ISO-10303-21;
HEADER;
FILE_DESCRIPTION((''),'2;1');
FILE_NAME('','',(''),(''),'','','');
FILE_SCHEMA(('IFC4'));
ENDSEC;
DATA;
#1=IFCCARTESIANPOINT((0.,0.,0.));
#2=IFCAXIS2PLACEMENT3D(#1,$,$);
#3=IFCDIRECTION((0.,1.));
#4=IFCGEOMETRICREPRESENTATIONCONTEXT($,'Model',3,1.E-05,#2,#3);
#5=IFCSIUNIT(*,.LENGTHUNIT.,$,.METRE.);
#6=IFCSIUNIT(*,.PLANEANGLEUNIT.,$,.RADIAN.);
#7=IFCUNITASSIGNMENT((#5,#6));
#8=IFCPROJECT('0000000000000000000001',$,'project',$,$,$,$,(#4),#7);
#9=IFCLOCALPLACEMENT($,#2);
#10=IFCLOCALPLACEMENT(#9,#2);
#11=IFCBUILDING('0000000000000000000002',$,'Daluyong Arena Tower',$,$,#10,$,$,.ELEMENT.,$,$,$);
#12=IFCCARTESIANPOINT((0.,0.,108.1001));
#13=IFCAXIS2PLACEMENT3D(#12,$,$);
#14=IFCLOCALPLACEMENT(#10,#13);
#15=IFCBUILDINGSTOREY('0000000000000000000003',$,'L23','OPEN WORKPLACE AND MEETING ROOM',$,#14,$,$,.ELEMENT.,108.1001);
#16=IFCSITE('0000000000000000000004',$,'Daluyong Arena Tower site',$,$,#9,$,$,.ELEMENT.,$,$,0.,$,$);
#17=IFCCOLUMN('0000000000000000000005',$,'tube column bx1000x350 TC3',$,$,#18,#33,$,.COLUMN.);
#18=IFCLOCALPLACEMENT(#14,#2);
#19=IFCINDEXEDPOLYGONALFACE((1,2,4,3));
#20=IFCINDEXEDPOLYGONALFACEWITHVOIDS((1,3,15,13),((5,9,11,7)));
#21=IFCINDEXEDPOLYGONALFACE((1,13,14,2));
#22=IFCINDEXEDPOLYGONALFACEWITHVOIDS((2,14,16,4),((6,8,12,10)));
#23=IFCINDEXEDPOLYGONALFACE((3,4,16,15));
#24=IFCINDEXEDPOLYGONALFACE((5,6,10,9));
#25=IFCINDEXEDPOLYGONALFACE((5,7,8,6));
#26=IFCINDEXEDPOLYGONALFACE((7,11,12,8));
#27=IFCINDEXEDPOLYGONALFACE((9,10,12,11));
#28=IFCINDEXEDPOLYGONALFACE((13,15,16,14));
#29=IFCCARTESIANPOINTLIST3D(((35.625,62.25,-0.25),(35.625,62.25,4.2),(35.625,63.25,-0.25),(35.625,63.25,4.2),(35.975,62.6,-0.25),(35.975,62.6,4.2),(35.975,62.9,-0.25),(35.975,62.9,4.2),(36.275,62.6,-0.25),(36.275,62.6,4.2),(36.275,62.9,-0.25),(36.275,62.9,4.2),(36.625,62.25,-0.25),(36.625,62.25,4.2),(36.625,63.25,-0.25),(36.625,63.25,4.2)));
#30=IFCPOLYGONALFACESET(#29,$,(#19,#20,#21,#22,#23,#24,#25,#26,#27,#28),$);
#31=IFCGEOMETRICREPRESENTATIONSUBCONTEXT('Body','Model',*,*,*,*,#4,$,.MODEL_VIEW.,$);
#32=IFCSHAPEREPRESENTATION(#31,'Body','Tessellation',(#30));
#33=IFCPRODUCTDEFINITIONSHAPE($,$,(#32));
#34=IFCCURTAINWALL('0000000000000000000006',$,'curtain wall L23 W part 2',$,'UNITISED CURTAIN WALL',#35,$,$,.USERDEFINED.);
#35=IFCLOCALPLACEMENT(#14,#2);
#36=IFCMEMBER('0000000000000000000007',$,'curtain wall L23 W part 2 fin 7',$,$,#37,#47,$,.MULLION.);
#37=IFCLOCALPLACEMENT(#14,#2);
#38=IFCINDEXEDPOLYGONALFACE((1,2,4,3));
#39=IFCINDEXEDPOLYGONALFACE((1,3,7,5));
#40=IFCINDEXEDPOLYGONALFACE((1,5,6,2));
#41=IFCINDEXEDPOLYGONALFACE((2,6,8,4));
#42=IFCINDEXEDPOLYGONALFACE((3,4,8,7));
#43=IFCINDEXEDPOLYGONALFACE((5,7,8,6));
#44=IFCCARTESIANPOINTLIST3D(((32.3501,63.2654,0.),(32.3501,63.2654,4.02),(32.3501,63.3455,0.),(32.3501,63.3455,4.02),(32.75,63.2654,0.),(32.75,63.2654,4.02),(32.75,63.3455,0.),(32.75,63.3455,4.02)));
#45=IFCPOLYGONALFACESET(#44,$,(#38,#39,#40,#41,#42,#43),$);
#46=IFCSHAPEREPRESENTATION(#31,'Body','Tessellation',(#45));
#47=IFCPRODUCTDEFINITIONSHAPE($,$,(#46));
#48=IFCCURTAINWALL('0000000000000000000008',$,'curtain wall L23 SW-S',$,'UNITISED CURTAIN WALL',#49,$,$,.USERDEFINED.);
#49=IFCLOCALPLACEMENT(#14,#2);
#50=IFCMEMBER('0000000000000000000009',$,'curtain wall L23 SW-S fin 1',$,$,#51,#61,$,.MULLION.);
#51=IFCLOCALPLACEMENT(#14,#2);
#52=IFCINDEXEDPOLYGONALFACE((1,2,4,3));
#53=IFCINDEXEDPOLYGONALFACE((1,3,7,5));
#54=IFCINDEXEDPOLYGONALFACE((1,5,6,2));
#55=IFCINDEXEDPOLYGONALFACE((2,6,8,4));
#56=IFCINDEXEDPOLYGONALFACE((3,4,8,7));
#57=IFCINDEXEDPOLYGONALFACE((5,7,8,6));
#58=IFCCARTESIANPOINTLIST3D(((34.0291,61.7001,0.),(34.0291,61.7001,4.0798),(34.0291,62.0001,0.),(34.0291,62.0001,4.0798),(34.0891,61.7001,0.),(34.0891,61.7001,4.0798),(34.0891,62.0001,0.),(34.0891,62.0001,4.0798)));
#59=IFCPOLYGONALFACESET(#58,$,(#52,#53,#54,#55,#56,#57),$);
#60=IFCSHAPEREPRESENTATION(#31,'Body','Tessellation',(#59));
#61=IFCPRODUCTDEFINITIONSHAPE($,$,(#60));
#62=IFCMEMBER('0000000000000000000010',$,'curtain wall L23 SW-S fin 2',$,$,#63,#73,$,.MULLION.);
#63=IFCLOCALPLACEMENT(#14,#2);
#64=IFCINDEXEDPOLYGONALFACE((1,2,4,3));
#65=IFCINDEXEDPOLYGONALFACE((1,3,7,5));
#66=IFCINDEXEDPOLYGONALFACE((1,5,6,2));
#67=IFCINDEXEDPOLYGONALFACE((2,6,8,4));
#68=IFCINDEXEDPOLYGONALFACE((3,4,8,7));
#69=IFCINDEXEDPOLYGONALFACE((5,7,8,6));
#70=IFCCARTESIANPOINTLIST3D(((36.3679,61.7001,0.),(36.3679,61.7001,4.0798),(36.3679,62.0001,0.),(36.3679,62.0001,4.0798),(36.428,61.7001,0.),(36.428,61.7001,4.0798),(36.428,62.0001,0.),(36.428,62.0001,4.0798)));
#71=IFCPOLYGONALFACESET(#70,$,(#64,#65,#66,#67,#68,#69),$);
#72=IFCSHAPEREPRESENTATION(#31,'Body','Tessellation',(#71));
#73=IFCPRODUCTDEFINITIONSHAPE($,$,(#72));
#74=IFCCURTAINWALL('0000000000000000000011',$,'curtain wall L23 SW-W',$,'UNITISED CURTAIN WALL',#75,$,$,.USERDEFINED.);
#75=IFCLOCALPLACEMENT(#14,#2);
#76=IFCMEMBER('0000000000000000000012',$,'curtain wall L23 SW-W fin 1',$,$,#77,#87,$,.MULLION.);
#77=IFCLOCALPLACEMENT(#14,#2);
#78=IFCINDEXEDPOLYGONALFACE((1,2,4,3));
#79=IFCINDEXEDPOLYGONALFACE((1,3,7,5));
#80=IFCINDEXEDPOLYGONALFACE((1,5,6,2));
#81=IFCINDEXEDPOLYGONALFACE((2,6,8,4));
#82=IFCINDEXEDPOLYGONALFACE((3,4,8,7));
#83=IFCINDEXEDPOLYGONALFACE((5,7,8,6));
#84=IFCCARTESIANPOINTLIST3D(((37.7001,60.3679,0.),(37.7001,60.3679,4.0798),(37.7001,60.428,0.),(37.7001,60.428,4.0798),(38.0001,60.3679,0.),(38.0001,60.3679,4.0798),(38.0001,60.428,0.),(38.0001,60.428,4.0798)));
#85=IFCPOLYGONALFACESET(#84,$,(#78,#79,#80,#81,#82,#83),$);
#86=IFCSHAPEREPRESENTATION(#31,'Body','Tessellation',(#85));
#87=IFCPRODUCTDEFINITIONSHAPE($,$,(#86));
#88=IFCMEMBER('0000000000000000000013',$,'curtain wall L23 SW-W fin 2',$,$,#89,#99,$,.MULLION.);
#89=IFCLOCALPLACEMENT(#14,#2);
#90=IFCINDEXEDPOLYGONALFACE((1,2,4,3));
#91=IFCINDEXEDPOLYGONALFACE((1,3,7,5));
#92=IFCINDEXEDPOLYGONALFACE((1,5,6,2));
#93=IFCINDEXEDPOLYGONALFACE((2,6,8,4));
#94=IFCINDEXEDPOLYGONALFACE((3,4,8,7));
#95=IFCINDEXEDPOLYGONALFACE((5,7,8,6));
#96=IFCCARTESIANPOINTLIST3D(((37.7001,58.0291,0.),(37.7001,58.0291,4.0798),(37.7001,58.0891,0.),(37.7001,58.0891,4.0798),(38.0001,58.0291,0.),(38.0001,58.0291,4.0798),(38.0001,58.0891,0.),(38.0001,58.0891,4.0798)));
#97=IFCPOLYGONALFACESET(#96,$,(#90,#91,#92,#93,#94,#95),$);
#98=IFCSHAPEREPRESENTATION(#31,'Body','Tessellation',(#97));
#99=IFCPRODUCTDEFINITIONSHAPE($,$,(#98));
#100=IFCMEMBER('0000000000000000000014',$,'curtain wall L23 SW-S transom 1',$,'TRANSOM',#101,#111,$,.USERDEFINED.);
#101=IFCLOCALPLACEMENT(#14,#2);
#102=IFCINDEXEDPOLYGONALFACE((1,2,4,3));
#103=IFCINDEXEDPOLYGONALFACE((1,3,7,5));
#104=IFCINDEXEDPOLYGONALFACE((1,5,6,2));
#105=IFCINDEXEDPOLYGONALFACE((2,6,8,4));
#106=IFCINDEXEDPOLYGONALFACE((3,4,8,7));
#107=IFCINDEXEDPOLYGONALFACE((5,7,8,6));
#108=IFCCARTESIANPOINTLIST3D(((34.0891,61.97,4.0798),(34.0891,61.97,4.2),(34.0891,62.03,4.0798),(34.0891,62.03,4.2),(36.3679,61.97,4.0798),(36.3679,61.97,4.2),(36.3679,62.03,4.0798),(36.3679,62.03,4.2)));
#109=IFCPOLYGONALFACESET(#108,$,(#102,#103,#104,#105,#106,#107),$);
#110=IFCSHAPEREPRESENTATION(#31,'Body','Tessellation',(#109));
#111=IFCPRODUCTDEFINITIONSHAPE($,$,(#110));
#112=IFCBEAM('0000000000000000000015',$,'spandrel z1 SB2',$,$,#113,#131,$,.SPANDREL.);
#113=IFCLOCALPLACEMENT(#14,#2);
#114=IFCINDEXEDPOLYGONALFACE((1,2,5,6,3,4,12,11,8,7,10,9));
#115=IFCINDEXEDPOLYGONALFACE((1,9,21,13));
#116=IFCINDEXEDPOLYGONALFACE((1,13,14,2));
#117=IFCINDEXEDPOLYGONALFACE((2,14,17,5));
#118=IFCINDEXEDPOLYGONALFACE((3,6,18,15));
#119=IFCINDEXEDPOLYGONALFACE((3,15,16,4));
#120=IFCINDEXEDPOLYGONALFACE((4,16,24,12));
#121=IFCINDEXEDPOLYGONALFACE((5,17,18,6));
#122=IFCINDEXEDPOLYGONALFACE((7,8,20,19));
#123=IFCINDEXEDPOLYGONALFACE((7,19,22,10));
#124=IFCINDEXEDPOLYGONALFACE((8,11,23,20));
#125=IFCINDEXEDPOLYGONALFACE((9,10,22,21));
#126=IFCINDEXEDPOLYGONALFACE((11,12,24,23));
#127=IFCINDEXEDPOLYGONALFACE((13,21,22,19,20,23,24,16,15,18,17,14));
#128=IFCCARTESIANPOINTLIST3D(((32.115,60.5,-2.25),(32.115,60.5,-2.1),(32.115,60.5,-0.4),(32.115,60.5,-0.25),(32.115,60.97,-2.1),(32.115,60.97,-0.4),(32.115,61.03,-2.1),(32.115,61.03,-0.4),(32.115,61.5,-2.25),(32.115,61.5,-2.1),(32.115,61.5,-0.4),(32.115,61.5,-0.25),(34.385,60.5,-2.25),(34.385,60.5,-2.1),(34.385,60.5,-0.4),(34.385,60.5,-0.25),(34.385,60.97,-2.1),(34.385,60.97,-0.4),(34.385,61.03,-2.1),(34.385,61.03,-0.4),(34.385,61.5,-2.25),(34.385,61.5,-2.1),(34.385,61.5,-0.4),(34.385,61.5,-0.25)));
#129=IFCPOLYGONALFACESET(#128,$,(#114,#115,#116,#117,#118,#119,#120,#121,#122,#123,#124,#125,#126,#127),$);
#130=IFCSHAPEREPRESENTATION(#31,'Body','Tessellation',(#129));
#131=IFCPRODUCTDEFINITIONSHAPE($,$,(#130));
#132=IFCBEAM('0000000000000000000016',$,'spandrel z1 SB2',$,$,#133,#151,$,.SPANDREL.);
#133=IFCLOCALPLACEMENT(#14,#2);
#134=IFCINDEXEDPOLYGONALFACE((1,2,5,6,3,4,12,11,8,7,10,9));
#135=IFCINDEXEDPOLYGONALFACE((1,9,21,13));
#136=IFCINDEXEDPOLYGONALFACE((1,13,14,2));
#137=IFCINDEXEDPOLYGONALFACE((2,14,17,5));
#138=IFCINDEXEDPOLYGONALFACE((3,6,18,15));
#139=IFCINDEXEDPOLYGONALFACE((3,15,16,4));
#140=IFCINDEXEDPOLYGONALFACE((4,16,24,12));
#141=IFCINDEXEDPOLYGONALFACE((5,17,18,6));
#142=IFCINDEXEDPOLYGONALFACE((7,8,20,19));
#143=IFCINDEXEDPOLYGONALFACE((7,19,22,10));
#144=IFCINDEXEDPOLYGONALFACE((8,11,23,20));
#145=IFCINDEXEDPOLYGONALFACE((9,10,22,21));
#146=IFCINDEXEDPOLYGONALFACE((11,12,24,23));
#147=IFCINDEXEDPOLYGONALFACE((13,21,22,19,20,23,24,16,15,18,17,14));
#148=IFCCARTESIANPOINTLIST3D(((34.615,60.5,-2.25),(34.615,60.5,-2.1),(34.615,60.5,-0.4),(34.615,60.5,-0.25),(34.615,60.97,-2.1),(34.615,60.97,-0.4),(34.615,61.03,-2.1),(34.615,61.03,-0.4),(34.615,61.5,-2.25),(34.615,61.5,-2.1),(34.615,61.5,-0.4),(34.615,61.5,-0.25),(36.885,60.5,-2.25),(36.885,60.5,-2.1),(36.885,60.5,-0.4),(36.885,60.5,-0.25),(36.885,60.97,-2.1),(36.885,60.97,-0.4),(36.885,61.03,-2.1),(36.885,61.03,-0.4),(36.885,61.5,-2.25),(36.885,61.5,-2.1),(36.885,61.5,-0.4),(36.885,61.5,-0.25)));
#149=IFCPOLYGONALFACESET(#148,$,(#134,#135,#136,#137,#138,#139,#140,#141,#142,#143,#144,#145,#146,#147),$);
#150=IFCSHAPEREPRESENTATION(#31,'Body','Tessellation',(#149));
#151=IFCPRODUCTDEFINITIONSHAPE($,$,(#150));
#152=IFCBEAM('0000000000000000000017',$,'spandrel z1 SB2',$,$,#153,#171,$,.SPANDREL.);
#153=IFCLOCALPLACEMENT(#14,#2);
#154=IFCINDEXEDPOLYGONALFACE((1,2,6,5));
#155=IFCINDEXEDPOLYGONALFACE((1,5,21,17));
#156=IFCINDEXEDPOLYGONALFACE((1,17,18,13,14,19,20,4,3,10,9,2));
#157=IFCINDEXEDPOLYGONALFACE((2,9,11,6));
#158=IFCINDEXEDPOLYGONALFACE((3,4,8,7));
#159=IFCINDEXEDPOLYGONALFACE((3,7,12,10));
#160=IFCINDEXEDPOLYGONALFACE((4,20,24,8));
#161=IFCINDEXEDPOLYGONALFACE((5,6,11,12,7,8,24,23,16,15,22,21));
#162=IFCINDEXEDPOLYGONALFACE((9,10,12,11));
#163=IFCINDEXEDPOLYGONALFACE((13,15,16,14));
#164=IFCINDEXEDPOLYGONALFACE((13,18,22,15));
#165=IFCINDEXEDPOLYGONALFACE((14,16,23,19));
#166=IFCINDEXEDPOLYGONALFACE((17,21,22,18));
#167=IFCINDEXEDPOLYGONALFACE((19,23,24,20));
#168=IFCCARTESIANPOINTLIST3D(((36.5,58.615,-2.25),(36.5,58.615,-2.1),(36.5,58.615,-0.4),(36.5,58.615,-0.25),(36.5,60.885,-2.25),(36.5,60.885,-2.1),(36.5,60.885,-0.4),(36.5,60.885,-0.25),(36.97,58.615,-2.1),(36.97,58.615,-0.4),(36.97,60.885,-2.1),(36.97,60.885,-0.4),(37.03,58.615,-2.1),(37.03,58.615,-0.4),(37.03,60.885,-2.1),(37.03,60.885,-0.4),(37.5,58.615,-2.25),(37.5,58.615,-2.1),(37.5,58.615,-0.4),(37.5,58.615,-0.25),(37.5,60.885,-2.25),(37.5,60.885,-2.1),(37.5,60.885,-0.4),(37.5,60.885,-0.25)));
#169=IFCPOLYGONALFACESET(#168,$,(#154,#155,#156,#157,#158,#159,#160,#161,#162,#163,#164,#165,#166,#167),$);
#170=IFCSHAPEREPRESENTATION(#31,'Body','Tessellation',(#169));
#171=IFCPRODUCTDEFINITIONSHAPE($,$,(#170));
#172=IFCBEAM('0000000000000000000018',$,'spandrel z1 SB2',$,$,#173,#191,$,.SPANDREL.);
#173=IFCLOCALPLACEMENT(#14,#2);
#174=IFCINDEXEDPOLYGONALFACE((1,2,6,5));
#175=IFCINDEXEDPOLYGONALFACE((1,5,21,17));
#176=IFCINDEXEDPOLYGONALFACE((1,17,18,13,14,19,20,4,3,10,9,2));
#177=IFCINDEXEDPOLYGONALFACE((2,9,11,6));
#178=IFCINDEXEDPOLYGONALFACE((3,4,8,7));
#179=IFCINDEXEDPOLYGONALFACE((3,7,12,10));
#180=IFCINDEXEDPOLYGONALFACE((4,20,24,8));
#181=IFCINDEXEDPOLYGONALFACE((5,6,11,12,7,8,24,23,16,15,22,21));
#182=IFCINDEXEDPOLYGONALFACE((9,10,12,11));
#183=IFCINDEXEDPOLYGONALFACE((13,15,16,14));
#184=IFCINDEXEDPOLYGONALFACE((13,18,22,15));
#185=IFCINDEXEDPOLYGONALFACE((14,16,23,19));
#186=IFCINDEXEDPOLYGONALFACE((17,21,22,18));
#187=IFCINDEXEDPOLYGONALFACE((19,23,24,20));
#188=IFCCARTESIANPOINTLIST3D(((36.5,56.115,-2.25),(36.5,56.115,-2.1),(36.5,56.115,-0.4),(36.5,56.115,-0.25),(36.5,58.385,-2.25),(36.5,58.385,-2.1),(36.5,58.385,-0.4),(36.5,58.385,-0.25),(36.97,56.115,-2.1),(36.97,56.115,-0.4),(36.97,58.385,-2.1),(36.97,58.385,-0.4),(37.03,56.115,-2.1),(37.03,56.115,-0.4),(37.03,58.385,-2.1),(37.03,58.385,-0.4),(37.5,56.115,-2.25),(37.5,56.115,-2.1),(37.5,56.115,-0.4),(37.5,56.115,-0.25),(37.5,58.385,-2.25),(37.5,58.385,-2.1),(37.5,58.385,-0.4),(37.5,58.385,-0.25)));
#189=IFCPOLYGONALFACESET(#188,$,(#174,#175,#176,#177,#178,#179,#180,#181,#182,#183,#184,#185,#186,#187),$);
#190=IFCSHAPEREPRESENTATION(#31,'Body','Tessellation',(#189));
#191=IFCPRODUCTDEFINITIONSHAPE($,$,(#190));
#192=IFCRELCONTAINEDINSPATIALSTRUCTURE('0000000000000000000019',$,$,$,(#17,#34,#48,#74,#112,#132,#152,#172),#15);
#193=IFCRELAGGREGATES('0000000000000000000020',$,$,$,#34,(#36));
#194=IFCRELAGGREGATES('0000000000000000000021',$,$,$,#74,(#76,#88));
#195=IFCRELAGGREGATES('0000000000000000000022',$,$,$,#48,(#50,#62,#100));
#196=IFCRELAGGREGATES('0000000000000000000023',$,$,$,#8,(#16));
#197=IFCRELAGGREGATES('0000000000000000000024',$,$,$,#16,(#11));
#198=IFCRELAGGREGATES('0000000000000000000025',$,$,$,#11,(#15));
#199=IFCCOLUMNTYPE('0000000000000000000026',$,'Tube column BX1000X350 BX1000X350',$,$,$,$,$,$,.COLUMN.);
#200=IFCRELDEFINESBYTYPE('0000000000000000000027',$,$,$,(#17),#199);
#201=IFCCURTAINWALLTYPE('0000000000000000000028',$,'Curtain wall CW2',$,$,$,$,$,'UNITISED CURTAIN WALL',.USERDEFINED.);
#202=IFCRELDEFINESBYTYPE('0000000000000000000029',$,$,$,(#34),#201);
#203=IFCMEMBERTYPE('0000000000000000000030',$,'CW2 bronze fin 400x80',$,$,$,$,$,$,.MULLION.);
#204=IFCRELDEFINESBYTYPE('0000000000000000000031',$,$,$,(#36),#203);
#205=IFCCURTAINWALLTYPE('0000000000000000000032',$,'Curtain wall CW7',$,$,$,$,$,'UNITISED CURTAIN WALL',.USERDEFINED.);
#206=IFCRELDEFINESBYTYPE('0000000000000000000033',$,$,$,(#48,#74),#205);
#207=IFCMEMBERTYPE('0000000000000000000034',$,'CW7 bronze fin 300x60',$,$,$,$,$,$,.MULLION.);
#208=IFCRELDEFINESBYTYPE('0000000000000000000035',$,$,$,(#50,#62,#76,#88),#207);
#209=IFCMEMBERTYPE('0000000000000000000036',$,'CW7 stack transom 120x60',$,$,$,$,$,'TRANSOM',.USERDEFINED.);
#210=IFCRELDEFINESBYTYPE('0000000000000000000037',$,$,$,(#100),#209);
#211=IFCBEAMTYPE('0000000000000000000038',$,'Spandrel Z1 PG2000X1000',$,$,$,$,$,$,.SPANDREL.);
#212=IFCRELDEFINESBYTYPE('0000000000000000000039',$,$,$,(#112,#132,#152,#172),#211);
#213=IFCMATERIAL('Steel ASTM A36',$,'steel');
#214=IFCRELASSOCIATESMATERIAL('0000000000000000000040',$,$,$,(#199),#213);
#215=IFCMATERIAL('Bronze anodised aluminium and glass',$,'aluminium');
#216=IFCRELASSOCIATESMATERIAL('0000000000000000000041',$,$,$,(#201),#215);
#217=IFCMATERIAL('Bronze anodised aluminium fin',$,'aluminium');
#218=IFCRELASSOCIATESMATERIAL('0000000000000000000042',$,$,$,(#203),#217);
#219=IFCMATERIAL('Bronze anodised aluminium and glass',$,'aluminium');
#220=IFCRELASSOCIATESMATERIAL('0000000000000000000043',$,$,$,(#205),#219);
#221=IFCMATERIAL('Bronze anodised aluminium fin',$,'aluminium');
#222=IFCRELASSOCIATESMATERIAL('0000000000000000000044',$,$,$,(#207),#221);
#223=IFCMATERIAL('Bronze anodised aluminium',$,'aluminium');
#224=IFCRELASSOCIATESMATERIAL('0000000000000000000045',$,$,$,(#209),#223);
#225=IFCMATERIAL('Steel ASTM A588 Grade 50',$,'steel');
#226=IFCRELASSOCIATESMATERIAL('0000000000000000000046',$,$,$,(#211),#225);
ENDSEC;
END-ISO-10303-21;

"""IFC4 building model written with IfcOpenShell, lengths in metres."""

from ifc_helpers import new_model, si_unit, direction, frame, origin, origin_2d, place, context, subcontext, project, spatial, rectangle, hollow_rectangle, i_section, extrude, material, material_profile, profile_set, type_object, element, aggregate, save


model = new_model("IFC4")

# Units and contexts
model_context = context("Model", 3, precision=1e-05, world=origin(), true_north=direction((0.0, 1.0)))
body_context = subcontext(model_context, "Body", "Model", "MODEL_VIEW")
ifc_project = project(units=[si_unit("LENGTHUNIT", "METRE"), si_unit("PLANEANGLEUNIT", "RADIAN")], contexts=[model_context])

# Site, building, storey
site_placement = place(None, origin())
site = spatial("IfcSite", under=ifc_project, at=site_placement, Name="Daluyong Arena Tower site", CompositionType="ELEMENT", RefElevation=0.0)
building_placement = place(site_placement, origin())
building = spatial("IfcBuilding", under=site, at=building_placement, Name="Daluyong Arena Tower", CompositionType="ELEMENT")
storey_placement = place(building_placement, frame((0.0, 0.0, 108.1001)))
storey = spatial("IfcBuildingStorey", under=building, at=storey_placement, Name="L23", Description="OPEN WORKPLACE AND MEETING ROOM", CompositionType="ELEMENT", Elevation=108.1001)

# Column
ifc_material_1 = material(Name="Steel ASTM A36", Category="steel")
ifc_material_profile_1 = material_profile(ifc_material_1, hollow_rectangle(XDim=1.0, YDim=1.0, WallThickness=0.35, at=origin_2d()))
ifc_profile_set_1 = profile_set([ifc_material_profile_1], Name="Steel ASTM A36")
column_type_1 = type_object("IfcColumnType", Name="Tube column BX1000X350 BX1000X350", PredefinedType="COLUMN", material=ifc_profile_set_1)
column_1_placement = place(storey_placement, frame((36.125, 62.75, -0.25), z_axis=(0.0, 0.0, 1.0), x_axis=(1.0, 0.0, 0.0)))
element("IfcColumn", 1, at=column_1_placement, inside=storey, type_object=column_type_1, Name="tube column bx1000x350 TC3", PredefinedType="COLUMN", context=body_context, shape_type="SweptSolid", body=[
    extrude(hollow_rectangle(XDim=1.0, YDim=1.0, WallThickness=0.35, at=origin_2d()), origin(), (0.0, 0.0, 1.0), 4.45),
])

# Curtain wall, member
ifc_material_2 = material(Name="Bronze anodised aluminium and glass", Category="aluminium")
curtain_wall_type_1 = type_object("IfcCurtainWallType", Name="Curtain wall CW2", ElementType="UNITISED CURTAIN WALL", PredefinedType="USERDEFINED", material=ifc_material_2)
curtain_wall_1_placement = place(storey_placement, origin())
curtain_wall_1 = element("IfcCurtainWall", 2, at=curtain_wall_1_placement, inside=storey, type_object=curtain_wall_type_1, Name="curtain wall L23 W part 2", ObjectType="UNITISED CURTAIN WALL", PredefinedType="USERDEFINED")
ifc_material_3 = material(Name="Bronze anodised aluminium fin", Category="aluminium")
ifc_material_profile_2 = material_profile(ifc_material_3, rectangle(XDim=0.3999, YDim=0.0801, at=origin_2d()))
ifc_profile_set_2 = profile_set([ifc_material_profile_2], Name="Bronze anodised aluminium fin")
member_type_1 = type_object("IfcMemberType", Name="CW2 bronze fin 400x80", PredefinedType="MULLION", material=ifc_profile_set_2)
member_1_placement = place(storey_placement, frame((32.55, 63.3054, 0.0), z_axis=(0.0, 0.0, 1.0), x_axis=(1.0, 0.0, 0.0)))
member_1 = element("IfcMember", 3, at=member_1_placement, type_object=member_type_1, Name="curtain wall L23 W part 2 fin 7", PredefinedType="MULLION", context=body_context, shape_type="SweptSolid", body=[
    extrude(rectangle(XDim=0.3999, YDim=0.0801, at=origin_2d()), origin(), (0.0, 0.0, 1.0), 4.02),
])
aggregate(curtain_wall_1, [member_1])

# Curtain walls, members
ifc_material_4 = material(Name="Bronze anodised aluminium and glass", Category="aluminium")
curtain_wall_type_2 = type_object("IfcCurtainWallType", Name="Curtain wall CW7", ElementType="UNITISED CURTAIN WALL", PredefinedType="USERDEFINED", material=ifc_material_4)
curtain_wall_2_placement = place(storey_placement, origin())
curtain_wall_2 = element("IfcCurtainWall", 4, at=curtain_wall_2_placement, inside=storey, type_object=curtain_wall_type_2, Name="curtain wall L23 SW-S", ObjectType="UNITISED CURTAIN WALL", PredefinedType="USERDEFINED")
ifc_material_5 = material(Name="Bronze anodised aluminium fin", Category="aluminium")
ifc_material_profile_3 = material_profile(ifc_material_5, rectangle(XDim=0.3, YDim=0.0601, at=origin_2d()))
ifc_profile_set_3 = profile_set([ifc_material_profile_3], Name="Bronze anodised aluminium fin")
member_type_2 = type_object("IfcMemberType", Name="CW7 bronze fin 300x60", PredefinedType="MULLION", material=ifc_profile_set_3)
member_2_placement = place(storey_placement, frame((34.0591, 61.8501, 0.0), z_axis=(0.0, 0.0, 1.0), x_axis=(0.0, 1.0, 0.0)))
member_2 = element("IfcMember", 5, at=member_2_placement, type_object=member_type_2, Name="curtain wall L23 SW-S fin 1", PredefinedType="MULLION", context=body_context, shape_type="SweptSolid", body=[
    extrude(rectangle(XDim=0.3, YDim=0.0601, at=origin_2d()), origin(), (0.0, 0.0, 1.0), 4.0798),
])
member_3_placement = place(storey_placement, frame((36.3979, 61.8501, 0.0), z_axis=(0.0, 0.0, 1.0), x_axis=(0.0, 1.0, 0.0)))
member_3 = element("IfcMember", 6, at=member_3_placement, type_object=member_type_2, Name="curtain wall L23 SW-S fin 2", PredefinedType="MULLION", context=body_context, shape_type="SweptSolid", body=[
    extrude(rectangle(XDim=0.3, YDim=0.0601, at=origin_2d()), origin(), (0.0, 0.0, 1.0), 4.0798),
])
curtain_wall_3_placement = place(storey_placement, origin())
curtain_wall_3 = element("IfcCurtainWall", 7, at=curtain_wall_3_placement, inside=storey, type_object=curtain_wall_type_2, Name="curtain wall L23 SW-W", ObjectType="UNITISED CURTAIN WALL", PredefinedType="USERDEFINED")
member_4_placement = place(storey_placement, frame((37.8501, 60.3979, 0.0), z_axis=(0.0, 0.0, 1.0), x_axis=(1.0, 0.0, 0.0)))
member_4 = element("IfcMember", 8, at=member_4_placement, type_object=member_type_2, Name="curtain wall L23 SW-W fin 1", PredefinedType="MULLION", context=body_context, shape_type="SweptSolid", body=[
    extrude(rectangle(XDim=0.3, YDim=0.0601, at=origin_2d()), origin(), (0.0, 0.0, 1.0), 4.0798),
])
member_5_placement = place(storey_placement, frame((37.8501, 58.0591, 0.0), z_axis=(0.0, 0.0, 1.0), x_axis=(1.0, 0.0, 0.0)))
member_5 = element("IfcMember", 9, at=member_5_placement, type_object=member_type_2, Name="curtain wall L23 SW-W fin 2", PredefinedType="MULLION", context=body_context, shape_type="SweptSolid", body=[
    extrude(rectangle(XDim=0.3, YDim=0.0601, at=origin_2d()), origin(), (0.0, 0.0, 1.0), 4.0798),
])
aggregate(curtain_wall_3, [member_4, member_5])

# Member
ifc_material_6 = material(Name="Bronze anodised aluminium", Category="aluminium")
ifc_material_profile_4 = material_profile(ifc_material_6, rectangle(XDim=0.0601, YDim=0.1201, at=origin_2d()))
ifc_profile_set_4 = profile_set([ifc_material_profile_4], Name="Bronze anodised aluminium")
member_type_3 = type_object("IfcMemberType", Name="CW7 stack transom 120x60", ElementType="TRANSOM", PredefinedType="USERDEFINED", material=ifc_profile_set_4)
member_6_placement = place(storey_placement, frame((34.0891, 62.0, 4.1399), z_axis=(1.0, 0.0, 0.0), x_axis=(0.0, 1.0, 0.0)))
member_6 = element("IfcMember", 10, at=member_6_placement, type_object=member_type_3, Name="curtain wall L23 SW-S transom 1", ObjectType="TRANSOM", PredefinedType="USERDEFINED", context=body_context, shape_type="SweptSolid", body=[
    extrude(rectangle(XDim=0.0601, YDim=0.1201, at=origin_2d()), origin(), (0.0, 0.0, 1.0), 2.2788),
])

# Beams
ifc_material_7 = material(Name="Steel ASTM A588 Grade 50", Category="steel")
ifc_material_profile_5 = material_profile(ifc_material_7, i_section(OverallWidth=1.0, OverallDepth=2.0, WebThickness=0.06, FlangeThickness=0.15, at=origin_2d()))
ifc_profile_set_5 = profile_set([ifc_material_profile_5], Name="Steel ASTM A588 Grade 50")
beam_type_1 = type_object("IfcBeamType", Name="Spandrel Z1 PG2000X1000", PredefinedType="SPANDREL", material=ifc_profile_set_5)
for number, where, z_axis, x_axis, name in (
    (11, (32.115, 61.0, -1.25), (1.0, 0.0, 0.0), (0.0, 1.0, 0.0), "spandrel z1 SB2"),
    (12, (34.615, 61.0, -1.25), (1.0, 0.0, 0.0), (0.0, 1.0, 0.0), "spandrel z1 SB2"),
    (13, (37.0, 60.885, -1.25), (0.0, -1.0, 0.0), (1.0, 0.0, 0.0), "spandrel z1 SB2"),
    (14, (37.0, 58.385, -1.25), (0.0, -1.0, 0.0), (1.0, 0.0, 0.0), "spandrel z1 SB2"),
):
    element("IfcBeam", number, at=place(storey_placement, frame(where, z_axis=z_axis, x_axis=x_axis)), inside=storey, type_object=beam_type_1, Name=name, PredefinedType="SPANDREL", context=body_context, shape_type="SweptSolid", body=[
        extrude(i_section(OverallWidth=1.0, OverallDepth=2.0, WebThickness=0.06, FlangeThickness=0.15, at=origin_2d()), origin(), (0.0, 0.0, 1.0), 2.27),
    ])

aggregate(curtain_wall_2, [member_2, member_3, member_6])

save(model, "model.ifc")
